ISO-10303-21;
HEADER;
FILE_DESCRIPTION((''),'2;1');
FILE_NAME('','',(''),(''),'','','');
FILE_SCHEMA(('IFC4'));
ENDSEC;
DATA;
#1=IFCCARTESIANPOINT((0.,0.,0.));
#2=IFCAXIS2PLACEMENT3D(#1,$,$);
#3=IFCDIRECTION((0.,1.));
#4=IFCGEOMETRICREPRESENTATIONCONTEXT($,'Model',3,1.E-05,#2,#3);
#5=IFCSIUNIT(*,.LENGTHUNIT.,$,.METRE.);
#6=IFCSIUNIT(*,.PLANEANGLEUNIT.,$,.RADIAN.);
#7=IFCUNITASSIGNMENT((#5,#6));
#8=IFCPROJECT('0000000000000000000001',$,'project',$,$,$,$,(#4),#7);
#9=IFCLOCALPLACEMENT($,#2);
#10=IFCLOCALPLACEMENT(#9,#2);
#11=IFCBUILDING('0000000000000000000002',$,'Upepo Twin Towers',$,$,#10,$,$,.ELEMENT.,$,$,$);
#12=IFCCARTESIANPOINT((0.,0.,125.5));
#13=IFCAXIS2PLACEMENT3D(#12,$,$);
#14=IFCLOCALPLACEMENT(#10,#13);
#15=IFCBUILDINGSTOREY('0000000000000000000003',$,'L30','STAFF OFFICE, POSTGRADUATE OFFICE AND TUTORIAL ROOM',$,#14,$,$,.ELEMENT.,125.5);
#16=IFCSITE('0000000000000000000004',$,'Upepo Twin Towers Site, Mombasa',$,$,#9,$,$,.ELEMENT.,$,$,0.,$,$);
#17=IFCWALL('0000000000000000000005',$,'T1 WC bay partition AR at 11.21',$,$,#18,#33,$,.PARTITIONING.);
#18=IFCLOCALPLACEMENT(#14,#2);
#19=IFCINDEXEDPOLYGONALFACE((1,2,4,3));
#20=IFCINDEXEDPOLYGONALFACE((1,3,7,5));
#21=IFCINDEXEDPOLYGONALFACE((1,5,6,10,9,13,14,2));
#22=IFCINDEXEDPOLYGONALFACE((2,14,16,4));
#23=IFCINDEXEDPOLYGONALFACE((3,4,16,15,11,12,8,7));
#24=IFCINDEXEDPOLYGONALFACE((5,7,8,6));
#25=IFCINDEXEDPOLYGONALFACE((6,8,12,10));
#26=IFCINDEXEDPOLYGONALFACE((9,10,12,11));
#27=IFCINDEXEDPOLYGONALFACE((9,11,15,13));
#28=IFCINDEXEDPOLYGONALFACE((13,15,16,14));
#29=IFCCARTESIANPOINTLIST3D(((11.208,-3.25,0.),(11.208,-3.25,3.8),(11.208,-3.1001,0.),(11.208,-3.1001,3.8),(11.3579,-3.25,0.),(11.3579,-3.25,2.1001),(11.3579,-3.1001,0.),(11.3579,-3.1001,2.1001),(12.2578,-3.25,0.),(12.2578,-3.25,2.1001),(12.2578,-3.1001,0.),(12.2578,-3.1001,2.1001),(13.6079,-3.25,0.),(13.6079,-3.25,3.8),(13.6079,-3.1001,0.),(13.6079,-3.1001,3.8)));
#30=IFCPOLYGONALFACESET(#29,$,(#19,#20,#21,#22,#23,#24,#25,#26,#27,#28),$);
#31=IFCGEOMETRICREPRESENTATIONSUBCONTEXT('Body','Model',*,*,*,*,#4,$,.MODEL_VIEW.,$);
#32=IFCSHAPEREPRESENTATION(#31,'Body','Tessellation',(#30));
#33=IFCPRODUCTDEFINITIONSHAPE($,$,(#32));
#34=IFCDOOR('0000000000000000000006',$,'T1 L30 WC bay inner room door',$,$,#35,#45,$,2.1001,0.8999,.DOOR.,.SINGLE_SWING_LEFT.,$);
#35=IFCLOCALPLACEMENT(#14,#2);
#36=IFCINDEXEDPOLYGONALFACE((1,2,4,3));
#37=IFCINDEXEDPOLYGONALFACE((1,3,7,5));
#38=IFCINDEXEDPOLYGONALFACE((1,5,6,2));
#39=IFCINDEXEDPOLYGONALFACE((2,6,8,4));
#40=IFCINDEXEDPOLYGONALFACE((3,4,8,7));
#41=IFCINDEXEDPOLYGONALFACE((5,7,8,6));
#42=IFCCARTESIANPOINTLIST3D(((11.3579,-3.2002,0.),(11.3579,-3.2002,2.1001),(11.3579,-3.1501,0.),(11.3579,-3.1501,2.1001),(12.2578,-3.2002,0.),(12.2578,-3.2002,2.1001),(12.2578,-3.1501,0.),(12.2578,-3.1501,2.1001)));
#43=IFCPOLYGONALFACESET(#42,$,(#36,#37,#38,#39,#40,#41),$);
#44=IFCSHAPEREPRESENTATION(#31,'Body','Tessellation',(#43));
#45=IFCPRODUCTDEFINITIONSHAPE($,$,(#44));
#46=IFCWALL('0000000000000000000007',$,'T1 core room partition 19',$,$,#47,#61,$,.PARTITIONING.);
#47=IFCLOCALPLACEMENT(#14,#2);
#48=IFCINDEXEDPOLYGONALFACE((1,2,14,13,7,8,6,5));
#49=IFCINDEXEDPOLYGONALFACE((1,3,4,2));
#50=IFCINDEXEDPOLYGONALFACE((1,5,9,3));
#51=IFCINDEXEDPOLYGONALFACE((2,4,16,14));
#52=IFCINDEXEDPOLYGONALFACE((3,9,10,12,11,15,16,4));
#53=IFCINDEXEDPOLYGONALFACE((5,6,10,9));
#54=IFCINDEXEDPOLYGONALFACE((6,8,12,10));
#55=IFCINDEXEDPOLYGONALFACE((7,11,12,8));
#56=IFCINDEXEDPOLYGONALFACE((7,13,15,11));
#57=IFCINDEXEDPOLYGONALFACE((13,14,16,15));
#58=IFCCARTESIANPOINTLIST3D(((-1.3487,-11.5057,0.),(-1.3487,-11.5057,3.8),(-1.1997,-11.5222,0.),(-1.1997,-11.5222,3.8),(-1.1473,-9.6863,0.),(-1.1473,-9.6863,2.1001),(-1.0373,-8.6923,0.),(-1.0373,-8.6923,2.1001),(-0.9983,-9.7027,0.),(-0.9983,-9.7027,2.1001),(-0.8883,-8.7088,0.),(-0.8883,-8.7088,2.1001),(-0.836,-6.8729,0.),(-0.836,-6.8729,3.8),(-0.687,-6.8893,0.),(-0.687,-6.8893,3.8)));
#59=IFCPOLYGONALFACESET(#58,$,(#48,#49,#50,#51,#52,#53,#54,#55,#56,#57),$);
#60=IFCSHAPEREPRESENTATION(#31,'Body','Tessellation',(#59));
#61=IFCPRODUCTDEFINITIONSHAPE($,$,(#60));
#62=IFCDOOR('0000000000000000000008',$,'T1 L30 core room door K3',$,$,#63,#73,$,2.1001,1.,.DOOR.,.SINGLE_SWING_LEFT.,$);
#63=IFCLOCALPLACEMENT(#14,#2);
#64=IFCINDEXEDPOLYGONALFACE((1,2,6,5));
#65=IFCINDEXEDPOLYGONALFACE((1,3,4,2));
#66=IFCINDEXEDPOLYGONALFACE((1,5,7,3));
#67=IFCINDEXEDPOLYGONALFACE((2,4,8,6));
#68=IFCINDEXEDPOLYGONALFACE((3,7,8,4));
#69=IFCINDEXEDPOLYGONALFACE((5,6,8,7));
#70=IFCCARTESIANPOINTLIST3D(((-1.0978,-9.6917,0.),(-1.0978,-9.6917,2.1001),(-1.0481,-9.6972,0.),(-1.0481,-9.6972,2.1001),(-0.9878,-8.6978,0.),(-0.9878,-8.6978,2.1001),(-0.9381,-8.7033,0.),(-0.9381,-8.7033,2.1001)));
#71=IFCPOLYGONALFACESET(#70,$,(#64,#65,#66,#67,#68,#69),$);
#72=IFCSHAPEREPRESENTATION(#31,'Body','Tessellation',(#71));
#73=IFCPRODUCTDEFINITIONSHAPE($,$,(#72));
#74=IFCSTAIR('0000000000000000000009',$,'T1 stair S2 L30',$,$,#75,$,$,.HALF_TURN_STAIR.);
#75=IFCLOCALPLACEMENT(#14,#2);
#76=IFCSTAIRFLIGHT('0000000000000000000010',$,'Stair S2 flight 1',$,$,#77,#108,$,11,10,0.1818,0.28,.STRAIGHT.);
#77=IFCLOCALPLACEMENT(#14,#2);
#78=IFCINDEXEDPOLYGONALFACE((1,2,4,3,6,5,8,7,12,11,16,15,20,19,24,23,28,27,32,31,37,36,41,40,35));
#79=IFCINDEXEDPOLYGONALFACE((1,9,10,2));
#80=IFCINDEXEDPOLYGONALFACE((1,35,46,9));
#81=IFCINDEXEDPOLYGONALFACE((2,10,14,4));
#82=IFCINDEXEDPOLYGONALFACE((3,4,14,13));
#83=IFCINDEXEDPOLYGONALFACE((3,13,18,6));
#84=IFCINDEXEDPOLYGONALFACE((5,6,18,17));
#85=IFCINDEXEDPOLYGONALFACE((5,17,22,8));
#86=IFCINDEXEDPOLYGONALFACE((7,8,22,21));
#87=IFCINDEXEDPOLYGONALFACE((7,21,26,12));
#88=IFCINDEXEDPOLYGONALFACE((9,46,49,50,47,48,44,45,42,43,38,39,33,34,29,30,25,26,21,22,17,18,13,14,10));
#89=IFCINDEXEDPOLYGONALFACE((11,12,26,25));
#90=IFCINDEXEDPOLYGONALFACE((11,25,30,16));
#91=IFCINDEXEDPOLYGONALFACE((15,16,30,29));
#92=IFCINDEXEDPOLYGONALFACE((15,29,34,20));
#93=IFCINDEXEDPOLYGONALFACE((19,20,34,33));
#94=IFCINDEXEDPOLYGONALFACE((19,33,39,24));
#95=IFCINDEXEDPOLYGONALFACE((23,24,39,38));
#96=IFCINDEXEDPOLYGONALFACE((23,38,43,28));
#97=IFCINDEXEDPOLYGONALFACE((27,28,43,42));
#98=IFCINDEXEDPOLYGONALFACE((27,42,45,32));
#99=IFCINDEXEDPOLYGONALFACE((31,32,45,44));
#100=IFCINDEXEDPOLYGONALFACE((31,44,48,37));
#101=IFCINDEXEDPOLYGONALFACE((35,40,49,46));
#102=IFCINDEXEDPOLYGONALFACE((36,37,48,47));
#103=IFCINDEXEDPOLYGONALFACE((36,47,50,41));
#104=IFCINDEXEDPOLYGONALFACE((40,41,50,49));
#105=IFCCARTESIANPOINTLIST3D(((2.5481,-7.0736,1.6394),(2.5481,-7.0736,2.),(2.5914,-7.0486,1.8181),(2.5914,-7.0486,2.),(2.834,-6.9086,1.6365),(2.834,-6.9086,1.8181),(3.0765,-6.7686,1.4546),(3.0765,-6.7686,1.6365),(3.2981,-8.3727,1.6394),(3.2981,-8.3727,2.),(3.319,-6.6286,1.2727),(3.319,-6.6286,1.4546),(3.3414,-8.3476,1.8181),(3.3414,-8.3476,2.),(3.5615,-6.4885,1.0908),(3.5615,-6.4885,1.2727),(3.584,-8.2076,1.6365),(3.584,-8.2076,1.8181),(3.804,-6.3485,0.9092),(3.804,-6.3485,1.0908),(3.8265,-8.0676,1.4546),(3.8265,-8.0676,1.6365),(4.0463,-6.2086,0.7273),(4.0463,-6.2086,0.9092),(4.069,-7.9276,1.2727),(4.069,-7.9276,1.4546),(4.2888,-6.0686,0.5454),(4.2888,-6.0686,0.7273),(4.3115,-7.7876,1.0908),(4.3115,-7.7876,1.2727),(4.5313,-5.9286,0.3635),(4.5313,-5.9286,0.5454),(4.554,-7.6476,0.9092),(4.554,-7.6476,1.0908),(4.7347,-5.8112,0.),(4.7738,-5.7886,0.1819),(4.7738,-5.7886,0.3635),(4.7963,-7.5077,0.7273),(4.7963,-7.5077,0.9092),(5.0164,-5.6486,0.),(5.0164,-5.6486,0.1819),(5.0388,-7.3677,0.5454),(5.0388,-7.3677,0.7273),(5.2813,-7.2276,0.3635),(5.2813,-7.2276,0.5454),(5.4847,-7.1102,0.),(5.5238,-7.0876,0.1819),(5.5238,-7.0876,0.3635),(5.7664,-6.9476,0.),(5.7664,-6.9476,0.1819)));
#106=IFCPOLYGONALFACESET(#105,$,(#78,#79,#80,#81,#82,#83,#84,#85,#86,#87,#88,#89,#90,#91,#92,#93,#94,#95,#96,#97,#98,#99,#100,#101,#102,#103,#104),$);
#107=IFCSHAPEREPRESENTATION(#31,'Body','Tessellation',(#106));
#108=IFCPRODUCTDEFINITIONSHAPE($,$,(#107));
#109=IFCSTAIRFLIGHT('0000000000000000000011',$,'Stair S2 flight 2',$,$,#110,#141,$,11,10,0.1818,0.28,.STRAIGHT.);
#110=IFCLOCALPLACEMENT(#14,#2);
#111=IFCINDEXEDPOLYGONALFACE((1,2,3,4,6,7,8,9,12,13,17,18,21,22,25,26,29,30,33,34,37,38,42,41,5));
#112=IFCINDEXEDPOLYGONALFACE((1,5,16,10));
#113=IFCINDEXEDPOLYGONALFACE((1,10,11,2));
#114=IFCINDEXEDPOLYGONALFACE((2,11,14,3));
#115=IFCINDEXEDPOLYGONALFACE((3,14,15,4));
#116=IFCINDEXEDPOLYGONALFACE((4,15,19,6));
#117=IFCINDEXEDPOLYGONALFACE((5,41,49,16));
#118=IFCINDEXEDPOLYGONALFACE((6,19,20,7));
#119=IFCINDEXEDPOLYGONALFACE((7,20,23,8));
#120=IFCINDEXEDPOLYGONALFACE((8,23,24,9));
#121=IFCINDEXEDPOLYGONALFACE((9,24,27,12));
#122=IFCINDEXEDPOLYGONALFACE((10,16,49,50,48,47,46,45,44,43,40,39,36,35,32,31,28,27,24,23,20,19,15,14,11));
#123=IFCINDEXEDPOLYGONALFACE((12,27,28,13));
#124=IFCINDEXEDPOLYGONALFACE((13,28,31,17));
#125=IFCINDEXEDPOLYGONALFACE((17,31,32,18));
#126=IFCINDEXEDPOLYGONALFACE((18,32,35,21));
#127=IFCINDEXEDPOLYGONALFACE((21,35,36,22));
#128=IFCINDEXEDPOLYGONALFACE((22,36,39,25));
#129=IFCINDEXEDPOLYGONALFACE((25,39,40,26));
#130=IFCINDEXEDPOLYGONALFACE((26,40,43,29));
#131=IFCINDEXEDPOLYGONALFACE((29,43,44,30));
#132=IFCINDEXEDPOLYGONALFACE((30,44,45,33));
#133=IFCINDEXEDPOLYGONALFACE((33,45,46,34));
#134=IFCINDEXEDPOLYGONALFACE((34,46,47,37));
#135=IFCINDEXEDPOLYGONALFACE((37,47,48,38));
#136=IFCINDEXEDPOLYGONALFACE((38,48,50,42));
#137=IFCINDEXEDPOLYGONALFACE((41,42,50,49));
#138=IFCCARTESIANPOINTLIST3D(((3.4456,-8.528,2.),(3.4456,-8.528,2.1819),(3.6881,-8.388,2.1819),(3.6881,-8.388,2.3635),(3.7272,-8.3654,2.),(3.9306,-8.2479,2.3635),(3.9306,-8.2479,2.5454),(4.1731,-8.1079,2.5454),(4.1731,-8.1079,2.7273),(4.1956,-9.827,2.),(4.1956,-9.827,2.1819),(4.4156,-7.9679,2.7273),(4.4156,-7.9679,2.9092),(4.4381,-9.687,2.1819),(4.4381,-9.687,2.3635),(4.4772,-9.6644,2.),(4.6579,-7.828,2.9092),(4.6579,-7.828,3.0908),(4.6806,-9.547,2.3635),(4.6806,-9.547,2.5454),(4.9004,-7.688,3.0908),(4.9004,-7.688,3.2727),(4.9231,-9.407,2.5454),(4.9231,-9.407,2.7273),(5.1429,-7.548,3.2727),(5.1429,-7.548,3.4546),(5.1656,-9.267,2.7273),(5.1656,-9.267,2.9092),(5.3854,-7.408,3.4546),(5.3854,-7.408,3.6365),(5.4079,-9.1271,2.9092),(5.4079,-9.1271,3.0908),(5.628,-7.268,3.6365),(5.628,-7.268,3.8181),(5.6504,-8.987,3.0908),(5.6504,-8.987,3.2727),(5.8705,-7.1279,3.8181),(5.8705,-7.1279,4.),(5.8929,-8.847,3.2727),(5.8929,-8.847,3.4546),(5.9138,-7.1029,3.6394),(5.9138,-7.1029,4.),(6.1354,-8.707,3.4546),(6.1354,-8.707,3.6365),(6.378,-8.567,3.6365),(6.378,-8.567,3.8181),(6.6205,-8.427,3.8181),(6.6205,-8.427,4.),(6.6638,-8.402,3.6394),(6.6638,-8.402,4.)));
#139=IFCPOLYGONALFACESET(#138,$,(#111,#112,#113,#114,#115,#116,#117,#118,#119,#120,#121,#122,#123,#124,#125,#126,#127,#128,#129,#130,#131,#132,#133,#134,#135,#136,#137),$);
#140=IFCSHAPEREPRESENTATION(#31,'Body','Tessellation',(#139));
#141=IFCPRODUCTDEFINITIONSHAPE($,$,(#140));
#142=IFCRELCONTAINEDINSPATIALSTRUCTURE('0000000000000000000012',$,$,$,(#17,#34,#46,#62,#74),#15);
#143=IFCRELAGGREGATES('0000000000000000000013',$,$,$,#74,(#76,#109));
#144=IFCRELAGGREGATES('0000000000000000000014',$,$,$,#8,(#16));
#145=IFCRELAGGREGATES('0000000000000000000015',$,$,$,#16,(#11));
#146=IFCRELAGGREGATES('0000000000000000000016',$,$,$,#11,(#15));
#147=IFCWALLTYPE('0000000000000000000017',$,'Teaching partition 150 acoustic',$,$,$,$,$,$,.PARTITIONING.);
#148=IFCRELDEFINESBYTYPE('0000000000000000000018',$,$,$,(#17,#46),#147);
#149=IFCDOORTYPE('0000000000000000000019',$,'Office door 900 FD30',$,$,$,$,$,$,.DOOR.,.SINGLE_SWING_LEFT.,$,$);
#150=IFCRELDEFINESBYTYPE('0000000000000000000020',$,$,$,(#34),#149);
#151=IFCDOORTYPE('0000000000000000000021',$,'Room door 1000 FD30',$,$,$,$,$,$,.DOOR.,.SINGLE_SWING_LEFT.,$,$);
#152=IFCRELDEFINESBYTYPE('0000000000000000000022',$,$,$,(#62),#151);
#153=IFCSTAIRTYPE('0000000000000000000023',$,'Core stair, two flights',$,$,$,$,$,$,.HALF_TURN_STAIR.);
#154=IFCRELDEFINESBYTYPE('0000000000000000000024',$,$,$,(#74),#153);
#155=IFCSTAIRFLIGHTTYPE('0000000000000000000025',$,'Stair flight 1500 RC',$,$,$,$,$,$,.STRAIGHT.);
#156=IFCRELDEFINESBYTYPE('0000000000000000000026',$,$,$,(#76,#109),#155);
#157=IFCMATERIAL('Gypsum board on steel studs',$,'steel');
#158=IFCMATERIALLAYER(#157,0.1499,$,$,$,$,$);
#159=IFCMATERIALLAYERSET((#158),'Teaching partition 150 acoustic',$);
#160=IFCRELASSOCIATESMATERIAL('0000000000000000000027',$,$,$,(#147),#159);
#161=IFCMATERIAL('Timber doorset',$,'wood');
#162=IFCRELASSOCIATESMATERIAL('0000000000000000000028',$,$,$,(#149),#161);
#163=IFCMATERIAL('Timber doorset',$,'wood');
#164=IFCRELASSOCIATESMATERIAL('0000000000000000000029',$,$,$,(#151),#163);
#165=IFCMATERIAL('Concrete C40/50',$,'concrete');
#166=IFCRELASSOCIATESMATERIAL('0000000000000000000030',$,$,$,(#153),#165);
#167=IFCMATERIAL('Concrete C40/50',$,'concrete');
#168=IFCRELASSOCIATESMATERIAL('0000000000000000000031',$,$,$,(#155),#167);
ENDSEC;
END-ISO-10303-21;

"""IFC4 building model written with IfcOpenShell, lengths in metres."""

from ifc_helpers import new_model, si_unit, direction, frame, frame_2d, origin, place, context, subcontext, project, spatial, polyline, rectangle, outline, extrude, material, layer, layer_set, type_object, element, fill, aggregate, save


model = new_model("IFC4")

# Units and contexts
model_context = context("Model", 3, precision=1e-05, world=origin(), true_north=direction((0.0, 1.0)))
body_context = subcontext(model_context, "Body", "Model", "MODEL_VIEW")
ifc_project = project(units=[si_unit("LENGTHUNIT", "METRE"), si_unit("PLANEANGLEUNIT", "RADIAN")], contexts=[model_context])

# Site, building, storey
site_placement = place(None, origin())
site = spatial("IfcSite", under=ifc_project, at=site_placement, Name="Upepo Twin Towers Site, Mombasa", CompositionType="ELEMENT", RefElevation=0.0)
building_placement = place(site_placement, origin())
building = spatial("IfcBuilding", under=site, at=building_placement, Name="Upepo Twin Towers", CompositionType="ELEMENT")
storey_placement = place(building_placement, frame((0.0, 0.0, 125.5)))
storey = spatial("IfcBuildingStorey", under=building, at=storey_placement, Name="L30", Description="STAFF OFFICE, POSTGRADUATE OFFICE AND TUTORIAL ROOM", CompositionType="ELEMENT", Elevation=125.5)

# Walls, openings, doors
ifc_material_1 = material(Name="Gypsum board on steel studs", Category="steel")
ifc_layer_1 = layer(ifc_material_1, 0.1499)
ifc_layer_set_1 = layer_set([ifc_layer_1], Name="Teaching partition 150 acoustic")
wall_type_1 = type_object("IfcWallType", Name="Teaching partition 150 acoustic", PredefinedType="PARTITIONING", material=ifc_layer_set_1)
wall_1_placement = place(storey_placement, frame((11.208, -3.175, 0.0), z_axis=(0.0, 0.0, 1.0), x_axis=(1.0, 0.0, 0.0)))
wall_1 = element("IfcWall", 1, at=wall_1_placement, inside=storey, type_object=wall_type_1, Name="T1 WC bay partition AR at 11.21", PredefinedType="PARTITIONING", context=body_context, shape_type="SweptSolid", body=[
    extrude(rectangle(XDim=2.3999, YDim=0.1499, at=frame_2d((1.2, 0.0))), origin(), (0.0, 0.0, 1.0), 3.8),
])
opening_1_placement = place(wall_1_placement, frame((0.1499, 0.0, 0.0)))
opening_1 = element("IfcOpeningElement", 2, at=opening_1_placement, cuts=wall_1, PredefinedType="OPENING", context=body_context, shape_type="SweptSolid", body=[
    extrude(rectangle(XDim=0.8999, YDim=2.1001, at=frame_2d((0.45, 1.05))), frame((0.0, 0.085, 0.0), z_axis=(0.0, -1.0, 0.0), x_axis=(1.0, 0.0, 0.0)), (0.0, 0.0, 1.0), 0.1699),
])
ifc_material_2 = material(Name="Timber doorset", Category="wood")
door_type_1 = type_object("IfcDoorType", Name="Office door 900 FD30", OperationType="SINGLE_SWING_LEFT", PredefinedType="DOOR", material=ifc_material_2)
door_1_placement = place(opening_1_placement, origin())
door_1 = element("IfcDoor", 3, at=door_1_placement, inside=storey, type_object=door_type_1, Name="T1 L30 WC bay inner room door", OperationType="SINGLE_SWING_LEFT", OverallHeight=2.1001, OverallWidth=0.8999, PredefinedType="DOOR", context=body_context, shape_type="SweptSolid", body=[
    extrude(rectangle(XDim=0.8999, YDim=2.1001, at=frame_2d((0.45, 1.05))), frame((0.0, 0.0249, 0.0), z_axis=(0.0, -1.0, 0.0), x_axis=(1.0, 0.0, 0.0)), (0.0, 0.0, 1.0), 0.05),
])
fill(opening_1, door_1)
wall_2_placement = place(storey_placement, frame((-0.7615, -6.8811, 0.0), z_axis=(0.0, 0.0, 1.0), x_axis=(-0.109995, -0.993932, 0.0)))
wall_2 = element("IfcWall", 4, at=wall_2_placement, inside=storey, type_object=wall_type_1, Name="T1 core room partition 19", PredefinedType="PARTITIONING", context=body_context, shape_type="SweptSolid", body=[
    extrude(rectangle(XDim=4.6611, YDim=0.1499, at=frame_2d((2.3306, 0.0))), origin(), (0.0, 0.0, 1.0), 3.8),
])
opening_2_placement = place(wall_2_placement, frame((1.8306, 0.0, 0.0)))
opening_2 = element("IfcOpeningElement", 5, at=opening_2_placement, cuts=wall_2, PredefinedType="OPENING", context=body_context, shape_type="SweptSolid", body=[
    extrude(rectangle(XDim=1.0, YDim=2.1001, at=frame_2d((0.5, 1.05))), frame((0.0, 0.085, 0.0), z_axis=(0.0, -1.0, 0.0), x_axis=(1.0, 0.0, 0.0)), (0.0, 0.0, 1.0), 0.1699),
])
ifc_material_3 = material(Name="Timber doorset", Category="wood")
door_type_2 = type_object("IfcDoorType", Name="Room door 1000 FD30", OperationType="SINGLE_SWING_LEFT", PredefinedType="DOOR", material=ifc_material_3)
door_2_placement = place(opening_2_placement, origin())
door_2 = element("IfcDoor", 6, at=door_2_placement, inside=storey, type_object=door_type_2, Name="T1 L30 core room door K3", OperationType="SINGLE_SWING_LEFT", OverallHeight=2.1001, OverallWidth=1.0, PredefinedType="DOOR", context=body_context, shape_type="SweptSolid", body=[
    extrude(rectangle(XDim=1.0, YDim=2.1001, at=frame_2d((0.5, 1.05))), frame((0.0, 0.0249, 0.0), z_axis=(0.0, -1.0, 0.0), x_axis=(1.0, 0.0, 0.0)), (0.0, 0.0, 1.0), 0.05),
])
fill(opening_2, door_2)

# Stair, stair flights
ifc_material_4 = material(Name="Concrete C40/50", Category="concrete")
stair_type = type_object("IfcStairType", Name="Core stair, two flights", PredefinedType="HALF_TURN_STAIR", material=ifc_material_4)
stair_placement = place(storey_placement, origin())
stair = element("IfcStair", 7, at=stair_placement, inside=storey, type_object=stair_type, Name="T1 stair S2 L30", PredefinedType="HALF_TURN_STAIR")
ifc_material_5 = material(Name="Concrete C40/50", Category="concrete")
stair_flight_type = type_object("IfcStairFlightType", Name="Stair flight 1500 RC", PredefinedType="STRAIGHT", material=ifc_material_5)
stair_flight_1_placement = place(storey_placement, frame((5.3914, -6.2981, 0.0), z_axis=(0.0, 0.0, 1.0), x_axis=(-0.866025, -0.5, 0.0)))
stair_flight_1 = element("IfcStairFlight", 8, at=stair_flight_1_placement, type_object=stair_flight_type, Name="Stair S2 flight 1", NumberOfRisers=11, NumberOfTreads=10, PredefinedType="STRAIGHT", RiserHeight=0.1818, TreadLength=0.28, context=body_context, shape_type="SweptSolid", body=[
    extrude(outline(polyline([(0.0, 0.0), (0.0, 0.1819), (0.28, 0.1819), (0.28, 0.3635), (0.5601, 0.3635), (0.5601, 0.5454), (0.8401, 0.5454), (0.8401, 0.7273), (1.1201, 0.7273), (1.1201, 0.9092), (1.3999, 0.9092), (1.3999, 1.0908), (1.6799, 1.0908), (1.6799, 1.2727), (1.96, 1.2727), (1.96, 1.4546), (2.24, 1.4546), (2.24, 1.6365), (2.52, 1.6365), (2.52, 1.8181), (2.8, 1.8181), (2.8, 2.0), (2.8501, 2.0), (2.8501, 1.6394), (0.3252, 0.0), (0.0, 0.0)])), frame((0.0, 0.75, 0.0), z_axis=(0.0, -1.0, 0.0), x_axis=(1.0, 0.0, 0.0)), (0.0, 0.0, 1.0), 1.5),
])
stair_flight_2_placement = place(storey_placement, frame((3.8206, -9.1775, 2.0), z_axis=(0.0, 0.0, 1.0), x_axis=(0.866025, 0.5, 0.0)))
stair_flight_2 = element("IfcStairFlight", 9, at=stair_flight_2_placement, type_object=stair_flight_type, Name="Stair S2 flight 2", NumberOfRisers=11, NumberOfTreads=10, PredefinedType="STRAIGHT", RiserHeight=0.1818, TreadLength=0.28, context=body_context, shape_type="SweptSolid", body=[
    extrude(outline(polyline([(0.0, 0.0), (0.0, 0.1819), (0.28, 0.1819), (0.28, 0.3635), (0.5601, 0.3635), (0.5601, 0.5454), (0.8401, 0.5454), (0.8401, 0.7273), (1.1201, 0.7273), (1.1201, 0.9092), (1.3999, 0.9092), (1.3999, 1.0908), (1.6799, 1.0908), (1.6799, 1.2727), (1.96, 1.2727), (1.96, 1.4546), (2.24, 1.4546), (2.24, 1.6365), (2.52, 1.6365), (2.52, 1.8181), (2.8, 1.8181), (2.8, 2.0), (2.8501, 2.0), (2.8501, 1.6394), (0.3252, 0.0), (0.0, 0.0)])), frame((0.0, 0.75, 0.0), z_axis=(0.0, -1.0, 0.0), x_axis=(1.0, 0.0, 0.0)), (0.0, 0.0, 1.0), 1.5),
])
aggregate(stair, [stair_flight_1, stair_flight_2])

save(model, "model.ifc")
